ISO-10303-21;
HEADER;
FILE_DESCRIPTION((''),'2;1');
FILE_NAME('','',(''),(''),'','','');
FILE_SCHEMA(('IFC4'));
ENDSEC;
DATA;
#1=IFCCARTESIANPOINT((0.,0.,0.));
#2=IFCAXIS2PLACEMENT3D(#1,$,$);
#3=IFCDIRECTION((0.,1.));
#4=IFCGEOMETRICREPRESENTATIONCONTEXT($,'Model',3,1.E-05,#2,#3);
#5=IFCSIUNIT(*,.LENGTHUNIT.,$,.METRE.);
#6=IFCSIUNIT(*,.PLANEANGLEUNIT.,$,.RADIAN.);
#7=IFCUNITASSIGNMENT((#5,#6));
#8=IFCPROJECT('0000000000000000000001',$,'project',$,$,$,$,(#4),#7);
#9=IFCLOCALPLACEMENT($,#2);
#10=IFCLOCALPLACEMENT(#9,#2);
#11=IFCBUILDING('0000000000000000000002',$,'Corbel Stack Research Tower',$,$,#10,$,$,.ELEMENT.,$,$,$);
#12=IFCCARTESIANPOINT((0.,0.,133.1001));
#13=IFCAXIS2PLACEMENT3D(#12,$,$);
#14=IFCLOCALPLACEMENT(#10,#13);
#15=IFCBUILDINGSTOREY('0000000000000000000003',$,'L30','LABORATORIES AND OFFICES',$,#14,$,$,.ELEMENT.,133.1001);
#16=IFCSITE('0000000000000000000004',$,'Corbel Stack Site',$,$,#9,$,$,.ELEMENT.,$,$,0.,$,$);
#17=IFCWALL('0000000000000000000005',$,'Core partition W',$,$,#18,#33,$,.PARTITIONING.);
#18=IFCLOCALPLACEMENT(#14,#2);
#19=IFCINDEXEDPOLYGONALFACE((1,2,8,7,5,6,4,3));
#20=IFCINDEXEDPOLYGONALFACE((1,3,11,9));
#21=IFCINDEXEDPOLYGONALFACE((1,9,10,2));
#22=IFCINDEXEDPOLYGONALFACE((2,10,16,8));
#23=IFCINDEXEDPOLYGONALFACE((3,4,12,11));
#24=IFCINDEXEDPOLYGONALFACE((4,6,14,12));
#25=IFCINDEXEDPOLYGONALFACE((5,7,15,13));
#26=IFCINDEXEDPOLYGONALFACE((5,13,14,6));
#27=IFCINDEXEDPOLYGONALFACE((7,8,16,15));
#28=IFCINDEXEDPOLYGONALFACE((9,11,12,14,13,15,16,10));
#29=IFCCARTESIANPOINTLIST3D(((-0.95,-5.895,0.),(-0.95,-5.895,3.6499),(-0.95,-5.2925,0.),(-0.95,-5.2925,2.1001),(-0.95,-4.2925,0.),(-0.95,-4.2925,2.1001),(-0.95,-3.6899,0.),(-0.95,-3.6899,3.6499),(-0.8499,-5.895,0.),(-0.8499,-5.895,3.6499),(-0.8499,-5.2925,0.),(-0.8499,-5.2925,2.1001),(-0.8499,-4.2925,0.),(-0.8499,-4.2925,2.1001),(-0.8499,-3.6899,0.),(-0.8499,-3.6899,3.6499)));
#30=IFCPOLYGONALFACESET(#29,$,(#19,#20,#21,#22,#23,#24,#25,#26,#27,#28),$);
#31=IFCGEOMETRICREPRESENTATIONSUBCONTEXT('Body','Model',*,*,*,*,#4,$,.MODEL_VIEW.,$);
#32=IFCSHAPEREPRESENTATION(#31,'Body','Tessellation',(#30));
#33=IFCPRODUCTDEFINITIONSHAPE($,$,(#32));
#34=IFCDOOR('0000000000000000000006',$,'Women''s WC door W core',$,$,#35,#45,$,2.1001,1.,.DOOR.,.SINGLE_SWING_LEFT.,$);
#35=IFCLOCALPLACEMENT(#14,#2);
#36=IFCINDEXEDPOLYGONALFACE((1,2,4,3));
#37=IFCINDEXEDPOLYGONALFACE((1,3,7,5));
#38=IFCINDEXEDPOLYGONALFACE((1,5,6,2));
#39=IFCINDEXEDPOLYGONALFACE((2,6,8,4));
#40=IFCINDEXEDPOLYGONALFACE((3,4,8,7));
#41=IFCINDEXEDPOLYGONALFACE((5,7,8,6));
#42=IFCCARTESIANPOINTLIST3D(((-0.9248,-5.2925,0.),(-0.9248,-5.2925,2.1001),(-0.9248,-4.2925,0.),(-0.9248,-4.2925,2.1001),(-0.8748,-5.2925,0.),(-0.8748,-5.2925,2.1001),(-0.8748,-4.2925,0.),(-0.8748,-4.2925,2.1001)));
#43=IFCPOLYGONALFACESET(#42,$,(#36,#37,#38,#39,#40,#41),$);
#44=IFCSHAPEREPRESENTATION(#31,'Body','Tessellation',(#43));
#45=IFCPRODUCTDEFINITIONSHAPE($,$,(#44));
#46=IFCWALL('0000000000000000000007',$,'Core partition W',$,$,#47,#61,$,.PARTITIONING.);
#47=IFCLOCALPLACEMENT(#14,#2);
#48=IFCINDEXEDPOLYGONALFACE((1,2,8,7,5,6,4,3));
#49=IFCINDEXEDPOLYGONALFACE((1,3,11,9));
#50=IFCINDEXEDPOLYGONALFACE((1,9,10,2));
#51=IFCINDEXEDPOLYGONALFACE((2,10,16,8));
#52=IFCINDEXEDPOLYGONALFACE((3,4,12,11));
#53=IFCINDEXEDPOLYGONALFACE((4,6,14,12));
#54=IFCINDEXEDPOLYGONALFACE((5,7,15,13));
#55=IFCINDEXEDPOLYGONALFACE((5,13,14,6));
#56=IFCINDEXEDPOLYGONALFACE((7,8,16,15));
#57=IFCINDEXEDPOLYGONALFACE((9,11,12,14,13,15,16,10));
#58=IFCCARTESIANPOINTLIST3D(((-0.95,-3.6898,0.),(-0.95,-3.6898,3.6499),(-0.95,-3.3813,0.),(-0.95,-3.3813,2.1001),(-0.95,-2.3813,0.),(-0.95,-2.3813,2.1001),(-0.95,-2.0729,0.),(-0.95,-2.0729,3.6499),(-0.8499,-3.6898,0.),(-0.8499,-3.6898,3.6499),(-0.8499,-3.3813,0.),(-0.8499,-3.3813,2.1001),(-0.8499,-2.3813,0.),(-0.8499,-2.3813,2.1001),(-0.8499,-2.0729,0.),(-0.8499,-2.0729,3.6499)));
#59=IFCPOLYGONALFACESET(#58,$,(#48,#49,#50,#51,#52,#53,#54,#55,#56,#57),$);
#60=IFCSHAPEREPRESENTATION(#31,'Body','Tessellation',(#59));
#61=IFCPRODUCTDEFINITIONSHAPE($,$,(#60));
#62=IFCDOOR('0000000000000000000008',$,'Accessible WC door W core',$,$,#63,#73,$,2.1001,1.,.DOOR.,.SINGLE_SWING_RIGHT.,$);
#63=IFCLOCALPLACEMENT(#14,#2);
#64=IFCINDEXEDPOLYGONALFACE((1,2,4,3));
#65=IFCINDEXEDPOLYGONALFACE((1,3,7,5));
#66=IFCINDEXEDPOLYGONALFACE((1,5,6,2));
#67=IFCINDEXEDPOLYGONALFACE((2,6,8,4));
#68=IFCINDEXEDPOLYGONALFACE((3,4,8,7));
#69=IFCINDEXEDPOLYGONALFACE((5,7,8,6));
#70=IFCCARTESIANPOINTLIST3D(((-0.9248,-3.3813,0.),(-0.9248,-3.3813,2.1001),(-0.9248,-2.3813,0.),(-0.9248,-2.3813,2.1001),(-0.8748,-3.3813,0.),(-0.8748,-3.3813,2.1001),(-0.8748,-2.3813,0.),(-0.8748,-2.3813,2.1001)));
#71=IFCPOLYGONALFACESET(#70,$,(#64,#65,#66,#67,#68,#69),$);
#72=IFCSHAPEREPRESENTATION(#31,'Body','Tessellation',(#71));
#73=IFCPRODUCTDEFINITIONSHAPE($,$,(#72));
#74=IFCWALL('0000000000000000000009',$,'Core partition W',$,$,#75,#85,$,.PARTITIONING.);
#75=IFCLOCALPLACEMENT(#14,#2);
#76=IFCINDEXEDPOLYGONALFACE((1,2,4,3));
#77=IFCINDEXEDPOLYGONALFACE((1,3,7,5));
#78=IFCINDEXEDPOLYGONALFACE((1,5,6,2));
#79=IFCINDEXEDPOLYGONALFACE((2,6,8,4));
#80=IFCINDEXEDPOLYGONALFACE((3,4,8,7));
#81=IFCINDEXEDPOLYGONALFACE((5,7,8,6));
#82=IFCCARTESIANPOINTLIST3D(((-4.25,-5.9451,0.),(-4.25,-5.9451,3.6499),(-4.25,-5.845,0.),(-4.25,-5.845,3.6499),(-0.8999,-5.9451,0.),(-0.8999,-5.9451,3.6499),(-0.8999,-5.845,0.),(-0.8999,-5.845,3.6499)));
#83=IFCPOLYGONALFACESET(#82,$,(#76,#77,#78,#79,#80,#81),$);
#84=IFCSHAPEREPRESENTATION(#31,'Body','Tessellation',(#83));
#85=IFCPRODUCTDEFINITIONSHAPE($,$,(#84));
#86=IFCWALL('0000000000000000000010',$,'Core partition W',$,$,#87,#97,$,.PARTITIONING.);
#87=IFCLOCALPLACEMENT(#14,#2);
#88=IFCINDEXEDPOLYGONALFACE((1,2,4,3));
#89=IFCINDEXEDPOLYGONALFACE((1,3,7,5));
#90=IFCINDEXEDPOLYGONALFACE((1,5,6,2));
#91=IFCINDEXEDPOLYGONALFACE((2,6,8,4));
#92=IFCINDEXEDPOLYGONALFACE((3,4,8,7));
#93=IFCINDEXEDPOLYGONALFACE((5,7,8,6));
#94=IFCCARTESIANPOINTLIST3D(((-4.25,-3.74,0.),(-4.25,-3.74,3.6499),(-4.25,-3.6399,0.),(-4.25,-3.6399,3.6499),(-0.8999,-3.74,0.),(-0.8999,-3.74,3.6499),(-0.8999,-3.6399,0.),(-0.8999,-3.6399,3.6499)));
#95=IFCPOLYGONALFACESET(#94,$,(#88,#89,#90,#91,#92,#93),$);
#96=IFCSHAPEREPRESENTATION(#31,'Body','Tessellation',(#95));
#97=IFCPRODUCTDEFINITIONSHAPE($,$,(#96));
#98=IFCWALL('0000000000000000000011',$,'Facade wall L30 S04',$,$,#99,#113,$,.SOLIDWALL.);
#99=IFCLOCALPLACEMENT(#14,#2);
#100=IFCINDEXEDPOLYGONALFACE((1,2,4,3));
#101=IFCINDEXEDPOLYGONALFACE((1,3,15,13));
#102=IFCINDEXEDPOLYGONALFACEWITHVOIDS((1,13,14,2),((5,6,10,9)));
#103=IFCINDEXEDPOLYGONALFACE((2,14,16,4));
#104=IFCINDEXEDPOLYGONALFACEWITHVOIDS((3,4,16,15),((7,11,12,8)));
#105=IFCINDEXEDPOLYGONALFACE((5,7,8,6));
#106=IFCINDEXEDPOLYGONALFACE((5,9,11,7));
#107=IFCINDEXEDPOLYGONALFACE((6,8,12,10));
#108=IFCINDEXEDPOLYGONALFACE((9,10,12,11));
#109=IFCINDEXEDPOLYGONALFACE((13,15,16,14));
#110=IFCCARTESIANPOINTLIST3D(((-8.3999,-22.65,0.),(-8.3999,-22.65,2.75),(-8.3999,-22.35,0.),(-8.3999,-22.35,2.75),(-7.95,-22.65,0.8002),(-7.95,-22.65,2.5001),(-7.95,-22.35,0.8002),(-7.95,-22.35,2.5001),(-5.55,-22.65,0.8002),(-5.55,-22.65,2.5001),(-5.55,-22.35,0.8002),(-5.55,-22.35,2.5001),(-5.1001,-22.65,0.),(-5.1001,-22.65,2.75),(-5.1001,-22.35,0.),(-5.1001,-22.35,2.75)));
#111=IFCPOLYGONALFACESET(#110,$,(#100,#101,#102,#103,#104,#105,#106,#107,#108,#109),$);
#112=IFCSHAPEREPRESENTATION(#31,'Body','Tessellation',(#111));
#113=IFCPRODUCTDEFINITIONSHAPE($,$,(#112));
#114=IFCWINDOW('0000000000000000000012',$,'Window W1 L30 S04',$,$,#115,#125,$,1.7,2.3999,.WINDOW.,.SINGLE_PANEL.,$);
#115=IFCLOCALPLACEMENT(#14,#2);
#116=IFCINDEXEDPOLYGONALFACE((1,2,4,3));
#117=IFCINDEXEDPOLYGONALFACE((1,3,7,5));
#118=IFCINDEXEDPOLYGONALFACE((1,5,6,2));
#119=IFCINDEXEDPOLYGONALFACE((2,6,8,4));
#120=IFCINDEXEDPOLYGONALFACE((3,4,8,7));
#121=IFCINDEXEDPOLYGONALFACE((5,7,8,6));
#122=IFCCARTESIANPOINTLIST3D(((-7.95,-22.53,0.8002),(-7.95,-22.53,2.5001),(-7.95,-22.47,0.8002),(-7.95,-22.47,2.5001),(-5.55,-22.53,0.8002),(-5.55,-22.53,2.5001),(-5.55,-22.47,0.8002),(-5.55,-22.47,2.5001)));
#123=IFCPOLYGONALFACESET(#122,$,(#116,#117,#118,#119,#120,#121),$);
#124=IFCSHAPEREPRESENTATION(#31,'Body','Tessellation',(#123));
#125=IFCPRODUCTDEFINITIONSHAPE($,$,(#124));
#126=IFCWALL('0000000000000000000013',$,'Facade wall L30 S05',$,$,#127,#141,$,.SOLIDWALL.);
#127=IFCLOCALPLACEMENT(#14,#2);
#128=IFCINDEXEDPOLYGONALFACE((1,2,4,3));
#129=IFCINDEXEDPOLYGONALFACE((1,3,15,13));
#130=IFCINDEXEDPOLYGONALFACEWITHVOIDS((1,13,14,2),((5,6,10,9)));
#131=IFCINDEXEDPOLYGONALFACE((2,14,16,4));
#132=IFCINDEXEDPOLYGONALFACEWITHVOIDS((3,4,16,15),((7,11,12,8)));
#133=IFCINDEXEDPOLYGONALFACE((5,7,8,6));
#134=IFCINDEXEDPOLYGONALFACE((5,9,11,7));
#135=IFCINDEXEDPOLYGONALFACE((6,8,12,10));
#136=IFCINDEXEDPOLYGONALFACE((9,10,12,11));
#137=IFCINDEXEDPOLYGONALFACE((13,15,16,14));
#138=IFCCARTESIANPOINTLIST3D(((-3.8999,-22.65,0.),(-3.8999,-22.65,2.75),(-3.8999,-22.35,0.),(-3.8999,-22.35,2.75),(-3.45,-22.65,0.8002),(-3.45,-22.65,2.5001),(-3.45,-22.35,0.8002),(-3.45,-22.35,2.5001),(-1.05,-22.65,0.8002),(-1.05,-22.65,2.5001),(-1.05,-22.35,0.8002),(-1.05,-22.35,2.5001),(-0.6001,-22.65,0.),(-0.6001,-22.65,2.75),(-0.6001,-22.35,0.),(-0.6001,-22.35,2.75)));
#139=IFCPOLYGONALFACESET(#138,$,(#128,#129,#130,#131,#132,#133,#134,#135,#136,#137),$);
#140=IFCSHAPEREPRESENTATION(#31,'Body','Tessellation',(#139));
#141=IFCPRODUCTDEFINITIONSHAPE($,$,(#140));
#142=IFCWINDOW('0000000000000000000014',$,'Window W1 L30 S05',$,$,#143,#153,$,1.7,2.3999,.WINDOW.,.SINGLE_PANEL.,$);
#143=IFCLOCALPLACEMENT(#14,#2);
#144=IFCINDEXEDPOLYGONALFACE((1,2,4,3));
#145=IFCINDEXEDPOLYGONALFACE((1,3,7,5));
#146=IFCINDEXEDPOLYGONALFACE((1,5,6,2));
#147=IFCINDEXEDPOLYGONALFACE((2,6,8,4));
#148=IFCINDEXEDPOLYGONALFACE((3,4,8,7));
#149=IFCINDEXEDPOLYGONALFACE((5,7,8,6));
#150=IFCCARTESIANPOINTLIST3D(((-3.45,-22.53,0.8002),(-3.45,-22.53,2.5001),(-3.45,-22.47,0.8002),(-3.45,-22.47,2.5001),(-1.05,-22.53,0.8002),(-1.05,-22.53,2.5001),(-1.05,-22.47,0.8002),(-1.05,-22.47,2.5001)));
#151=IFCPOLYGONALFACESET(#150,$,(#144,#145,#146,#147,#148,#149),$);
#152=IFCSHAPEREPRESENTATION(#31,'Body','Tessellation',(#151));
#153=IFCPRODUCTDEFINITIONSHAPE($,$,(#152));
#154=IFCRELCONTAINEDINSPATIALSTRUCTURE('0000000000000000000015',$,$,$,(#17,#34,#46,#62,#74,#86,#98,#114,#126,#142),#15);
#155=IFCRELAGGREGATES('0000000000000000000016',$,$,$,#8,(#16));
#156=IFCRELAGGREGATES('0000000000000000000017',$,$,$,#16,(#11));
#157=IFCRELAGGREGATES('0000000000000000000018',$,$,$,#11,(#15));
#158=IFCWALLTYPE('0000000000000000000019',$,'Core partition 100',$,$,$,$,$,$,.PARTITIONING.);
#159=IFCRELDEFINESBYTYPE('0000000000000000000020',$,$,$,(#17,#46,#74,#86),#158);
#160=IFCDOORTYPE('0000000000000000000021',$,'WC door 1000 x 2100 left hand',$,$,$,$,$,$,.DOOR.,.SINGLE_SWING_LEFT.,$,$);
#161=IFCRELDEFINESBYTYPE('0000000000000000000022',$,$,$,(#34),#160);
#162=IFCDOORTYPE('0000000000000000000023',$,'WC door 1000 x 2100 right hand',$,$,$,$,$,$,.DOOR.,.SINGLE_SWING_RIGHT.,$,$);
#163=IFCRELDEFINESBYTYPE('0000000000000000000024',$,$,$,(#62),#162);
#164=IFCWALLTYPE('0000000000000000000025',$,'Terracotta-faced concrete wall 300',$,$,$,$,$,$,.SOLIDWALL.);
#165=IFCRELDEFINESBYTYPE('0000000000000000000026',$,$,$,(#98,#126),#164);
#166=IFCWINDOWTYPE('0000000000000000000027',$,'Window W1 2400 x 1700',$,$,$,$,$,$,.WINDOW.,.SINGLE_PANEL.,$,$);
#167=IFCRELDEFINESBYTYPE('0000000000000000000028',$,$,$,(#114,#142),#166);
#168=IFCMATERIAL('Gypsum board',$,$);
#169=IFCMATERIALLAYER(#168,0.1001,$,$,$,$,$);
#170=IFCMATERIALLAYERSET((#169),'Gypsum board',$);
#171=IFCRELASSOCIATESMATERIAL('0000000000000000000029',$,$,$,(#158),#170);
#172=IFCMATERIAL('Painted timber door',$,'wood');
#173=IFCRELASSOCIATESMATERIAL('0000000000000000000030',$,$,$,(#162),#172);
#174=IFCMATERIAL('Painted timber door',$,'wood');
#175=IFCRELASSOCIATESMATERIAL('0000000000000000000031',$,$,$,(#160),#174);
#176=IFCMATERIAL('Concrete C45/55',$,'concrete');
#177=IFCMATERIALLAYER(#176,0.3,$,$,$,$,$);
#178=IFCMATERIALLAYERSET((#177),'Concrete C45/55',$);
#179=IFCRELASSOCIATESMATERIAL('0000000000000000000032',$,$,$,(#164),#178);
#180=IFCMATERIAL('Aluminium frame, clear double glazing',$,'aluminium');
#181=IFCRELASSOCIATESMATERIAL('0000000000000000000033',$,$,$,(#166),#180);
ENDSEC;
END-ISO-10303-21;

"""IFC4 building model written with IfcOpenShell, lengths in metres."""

from ifc_helpers import new_model, si_unit, direction, frame, frame_2d, origin, place, context, subcontext, project, spatial, rectangle, extrude, material, layer, layer_set, type_object, element, fill, save


model = new_model("IFC4")

# Units and contexts
model_context = context("Model", 3, precision=1e-05, world=origin(), true_north=direction((0.0, 1.0)))
body_context = subcontext(model_context, "Body", "Model", "MODEL_VIEW")
ifc_project = project(units=[si_unit("LENGTHUNIT", "METRE"), si_unit("PLANEANGLEUNIT", "RADIAN")], contexts=[model_context])

# Site, building, storey
site_placement = place(None, origin())
site = spatial("IfcSite", under=ifc_project, at=site_placement, Name="Corbel Stack Site", CompositionType="ELEMENT", RefElevation=0.0)
building_placement = place(site_placement, origin())
building = spatial("IfcBuilding", under=site, at=building_placement, Name="Corbel Stack Research Tower", CompositionType="ELEMENT")
storey_placement = place(building_placement, frame((0.0, 0.0, 133.1001)))
storey = spatial("IfcBuildingStorey", under=building, at=storey_placement, Name="L30", Description="LABORATORIES AND OFFICES", CompositionType="ELEMENT", Elevation=133.1001)

# Walls, openings, doors
ifc_material_1 = material(Name="Gypsum board")
ifc_layer_1 = layer(ifc_material_1, 0.1001)
ifc_layer_set_1 = layer_set([ifc_layer_1], Name="Gypsum board")
wall_type_1 = type_object("IfcWallType", Name="Core partition 100", PredefinedType="PARTITIONING", material=ifc_layer_set_1)
ifc_material_2 = material(Name="Painted timber door", Category="wood")
door_type_1 = type_object("IfcDoorType", Name="WC door 1000 x 2100 right hand", OperationType="SINGLE_SWING_RIGHT", PredefinedType="DOOR", material=ifc_material_2)
wall_1_placement = place(storey_placement, frame((-0.8999, -5.895, 0.0), z_axis=(0.0, 0.0, 1.0), x_axis=(0.0, 1.0, 0.0)))
wall_1 = element("IfcWall", 1, at=wall_1_placement, inside=storey, type_object=wall_type_1, Name="Core partition W", PredefinedType="PARTITIONING", context=body_context, shape_type="SweptSolid", body=[
    extrude(rectangle(XDim=2.2051, YDim=0.1001, at=frame_2d((1.1025, 0.0))), origin(), (0.0, 0.0, 1.0), 3.6499),
])
opening_1_placement = place(wall_1_placement, frame((0.6025, 0.0, 0.0)))
opening_1 = element("IfcOpeningElement", 2, at=opening_1_placement, cuts=wall_1, PredefinedType="OPENING", context=body_context, shape_type="SweptSolid", body=[
    extrude(rectangle(XDim=1.0, YDim=2.1001, at=frame_2d((0.5, 1.05))), frame((0.0, 0.0601, 0.0), z_axis=(0.0, -1.0, 0.0), x_axis=(1.0, 0.0, 0.0)), (0.0, 0.0, 1.0), 0.1201),
])
ifc_material_3 = material(Name="Painted timber door", Category="wood")
door_type_2 = type_object("IfcDoorType", Name="WC door 1000 x 2100 left hand", OperationType="SINGLE_SWING_LEFT", PredefinedType="DOOR", material=ifc_material_3)
door_1_placement = place(opening_1_placement, origin())
door_1 = element("IfcDoor", 3, at=door_1_placement, inside=storey, type_object=door_type_2, Name="Women's WC door W core", OperationType="SINGLE_SWING_LEFT", OverallHeight=2.1001, OverallWidth=1.0, PredefinedType="DOOR", context=body_context, shape_type="SweptSolid", body=[
    extrude(rectangle(XDim=1.0, YDim=2.1001, at=frame_2d((0.5, 1.05))), frame((0.0, 0.0249, 0.0), z_axis=(0.0, -1.0, 0.0), x_axis=(1.0, 0.0, 0.0)), (0.0, 0.0, 1.0), 0.05),
])
fill(opening_1, door_1)
wall_2_placement = place(storey_placement, frame((-0.8999, -3.6899, 0.0), z_axis=(0.0, 0.0, 1.0), x_axis=(0.0, 1.0, 0.0)))
wall_2 = element("IfcWall", 4, at=wall_2_placement, inside=storey, type_object=wall_type_1, Name="Core partition W", PredefinedType="PARTITIONING", context=body_context, shape_type="SweptSolid", body=[
    extrude(rectangle(XDim=1.6169, YDim=0.1001, at=frame_2d((0.8086, 0.0))), origin(), (0.0, 0.0, 1.0), 3.6499),
])
opening_2_placement = place(wall_2_placement, frame((0.3086, 0.0, 0.0)))
opening_2 = element("IfcOpeningElement", 5, at=opening_2_placement, cuts=wall_2, PredefinedType="OPENING", context=body_context, shape_type="SweptSolid", body=[
    extrude(rectangle(XDim=1.0, YDim=2.1001, at=frame_2d((0.5, 1.05))), frame((0.0, 0.0601, 0.0), z_axis=(0.0, -1.0, 0.0), x_axis=(1.0, 0.0, 0.0)), (0.0, 0.0, 1.0), 0.1201),
])
door_2_placement = place(opening_2_placement, origin())
door_2 = element("IfcDoor", 6, at=door_2_placement, inside=storey, type_object=door_type_1, Name="Accessible WC door W core", OperationType="SINGLE_SWING_RIGHT", OverallHeight=2.1001, OverallWidth=1.0, PredefinedType="DOOR", context=body_context, shape_type="SweptSolid", body=[
    extrude(rectangle(XDim=1.0, YDim=2.1001, at=frame_2d((0.5, 1.05))), frame((0.0, 0.0249, 0.0), z_axis=(0.0, -1.0, 0.0), x_axis=(1.0, 0.0, 0.0)), (0.0, 0.0, 1.0), 0.05),
])
fill(opening_2, door_2)

# Walls
for number, where, z_axis, x_axis, name in (
    (7, (-4.25, -5.895, 0.0), (0.0, 0.0, 1.0), (1.0, 0.0, 0.0), "Core partition W"),
    (8, (-4.25, -3.6899, 0.0), (0.0, 0.0, 1.0), (1.0, 0.0, 0.0), "Core partition W"),
):
    element("IfcWall", number, at=place(storey_placement, frame(where, z_axis=z_axis, x_axis=x_axis)), inside=storey, type_object=wall_type_1, Name=name, PredefinedType="PARTITIONING", context=body_context, shape_type="SweptSolid", body=[
        extrude(rectangle(XDim=3.3501, YDim=0.1001, at=frame_2d((1.675, 0.0))), origin(), (0.0, 0.0, 1.0), 3.6499),
    ])

# Walls, openings, windows
ifc_material_4 = material(Name="Concrete C45/55", Category="concrete")
ifc_layer_2 = layer(ifc_material_4, 0.3)
ifc_layer_set_2 = layer_set([ifc_layer_2], Name="Concrete C45/55")
wall_type_2 = type_object("IfcWallType", Name="Terracotta-faced concrete wall 300", PredefinedType="SOLIDWALL", material=ifc_layer_set_2)
wall_3_placement = place(storey_placement, frame((-5.1001, -22.5, 0.0), z_axis=(0.0, 0.0, 1.0), x_axis=(-1.0, 0.0, 0.0)))
wall_3 = element("IfcWall", 9, at=wall_3_placement, inside=storey, type_object=wall_type_2, Name="Facade wall L30 S04", PredefinedType="SOLIDWALL", context=body_context, shape_type="SweptSolid", body=[
    extrude(rectangle(XDim=3.2998, YDim=0.3, at=frame_2d((1.6499, 0.0))), origin(), (0.0, 0.0, 1.0), 2.75),
])
opening_3_placement = place(wall_3_placement, frame((0.45, 0.0, 0.8)))
opening_3 = element("IfcOpeningElement", 10, at=opening_3_placement, cuts=wall_3, PredefinedType="OPENING", context=body_context, shape_type="SweptSolid", body=[
    extrude(rectangle(XDim=2.3999, YDim=1.7, at=frame_2d((1.2, 0.8501))), frame((0.0, 0.1599, 0.0), z_axis=(0.0, -1.0, 0.0), x_axis=(1.0, 0.0, 0.0)), (0.0, 0.0, 1.0), 0.3201),
])
ifc_material_5 = material(Name="Aluminium frame, clear double glazing", Category="aluminium")
window_type = type_object("IfcWindowType", Name="Window W1 2400 x 1700", PartitioningType="SINGLE_PANEL", PredefinedType="WINDOW", material=ifc_material_5)
window_1_placement = place(opening_3_placement, origin())
window_1 = element("IfcWindow", 11, at=window_1_placement, inside=storey, type_object=window_type, Name="Window W1 L30 S04", OverallHeight=1.7, OverallWidth=2.3999, PartitioningType="SINGLE_PANEL", PredefinedType="WINDOW", context=body_context, shape_type="SweptSolid", body=[
    extrude(rectangle(XDim=2.3999, YDim=1.7, at=frame_2d((1.2, 0.8501))), frame((0.0, 0.03, 0.0), z_axis=(0.0, -1.0, 0.0), x_axis=(1.0, 0.0, 0.0)), (0.0, 0.0, 1.0), 0.0601),
])
fill(opening_3, window_1)
wall_4_placement = place(storey_placement, frame((-0.6001, -22.5, 0.0), z_axis=(0.0, 0.0, 1.0), x_axis=(-1.0, 0.0, 0.0)))
wall_4 = element("IfcWall", 12, at=wall_4_placement, inside=storey, type_object=wall_type_2, Name="Facade wall L30 S05", PredefinedType="SOLIDWALL", context=body_context, shape_type="SweptSolid", body=[
    extrude(rectangle(XDim=3.2998, YDim=0.3, at=frame_2d((1.6499, 0.0))), origin(), (0.0, 0.0, 1.0), 2.75),
])
opening_4_placement = place(wall_4_placement, frame((0.45, 0.0, 0.8)))
opening_4 = element("IfcOpeningElement", 13, at=opening_4_placement, cuts=wall_4, PredefinedType="OPENING", context=body_context, shape_type="SweptSolid", body=[
    extrude(rectangle(XDim=2.3999, YDim=1.7, at=frame_2d((1.2, 0.8501))), frame((0.0, 0.1599, 0.0), z_axis=(0.0, -1.0, 0.0), x_axis=(1.0, 0.0, 0.0)), (0.0, 0.0, 1.0), 0.3201),
])
window_2_placement = place(opening_4_placement, origin())
window_2 = element("IfcWindow", 14, at=window_2_placement, inside=storey, type_object=window_type, Name="Window W1 L30 S05", OverallHeight=1.7, OverallWidth=2.3999, PartitioningType="SINGLE_PANEL", PredefinedType="WINDOW", context=body_context, shape_type="SweptSolid", body=[
    extrude(rectangle(XDim=2.3999, YDim=1.7, at=frame_2d((1.2, 0.8501))), frame((0.0, 0.03, 0.0), z_axis=(0.0, -1.0, 0.0), x_axis=(1.0, 0.0, 0.0)), (0.0, 0.0, 1.0), 0.0601),
])
fill(opening_4, window_2)

save(model, "model.ifc")
